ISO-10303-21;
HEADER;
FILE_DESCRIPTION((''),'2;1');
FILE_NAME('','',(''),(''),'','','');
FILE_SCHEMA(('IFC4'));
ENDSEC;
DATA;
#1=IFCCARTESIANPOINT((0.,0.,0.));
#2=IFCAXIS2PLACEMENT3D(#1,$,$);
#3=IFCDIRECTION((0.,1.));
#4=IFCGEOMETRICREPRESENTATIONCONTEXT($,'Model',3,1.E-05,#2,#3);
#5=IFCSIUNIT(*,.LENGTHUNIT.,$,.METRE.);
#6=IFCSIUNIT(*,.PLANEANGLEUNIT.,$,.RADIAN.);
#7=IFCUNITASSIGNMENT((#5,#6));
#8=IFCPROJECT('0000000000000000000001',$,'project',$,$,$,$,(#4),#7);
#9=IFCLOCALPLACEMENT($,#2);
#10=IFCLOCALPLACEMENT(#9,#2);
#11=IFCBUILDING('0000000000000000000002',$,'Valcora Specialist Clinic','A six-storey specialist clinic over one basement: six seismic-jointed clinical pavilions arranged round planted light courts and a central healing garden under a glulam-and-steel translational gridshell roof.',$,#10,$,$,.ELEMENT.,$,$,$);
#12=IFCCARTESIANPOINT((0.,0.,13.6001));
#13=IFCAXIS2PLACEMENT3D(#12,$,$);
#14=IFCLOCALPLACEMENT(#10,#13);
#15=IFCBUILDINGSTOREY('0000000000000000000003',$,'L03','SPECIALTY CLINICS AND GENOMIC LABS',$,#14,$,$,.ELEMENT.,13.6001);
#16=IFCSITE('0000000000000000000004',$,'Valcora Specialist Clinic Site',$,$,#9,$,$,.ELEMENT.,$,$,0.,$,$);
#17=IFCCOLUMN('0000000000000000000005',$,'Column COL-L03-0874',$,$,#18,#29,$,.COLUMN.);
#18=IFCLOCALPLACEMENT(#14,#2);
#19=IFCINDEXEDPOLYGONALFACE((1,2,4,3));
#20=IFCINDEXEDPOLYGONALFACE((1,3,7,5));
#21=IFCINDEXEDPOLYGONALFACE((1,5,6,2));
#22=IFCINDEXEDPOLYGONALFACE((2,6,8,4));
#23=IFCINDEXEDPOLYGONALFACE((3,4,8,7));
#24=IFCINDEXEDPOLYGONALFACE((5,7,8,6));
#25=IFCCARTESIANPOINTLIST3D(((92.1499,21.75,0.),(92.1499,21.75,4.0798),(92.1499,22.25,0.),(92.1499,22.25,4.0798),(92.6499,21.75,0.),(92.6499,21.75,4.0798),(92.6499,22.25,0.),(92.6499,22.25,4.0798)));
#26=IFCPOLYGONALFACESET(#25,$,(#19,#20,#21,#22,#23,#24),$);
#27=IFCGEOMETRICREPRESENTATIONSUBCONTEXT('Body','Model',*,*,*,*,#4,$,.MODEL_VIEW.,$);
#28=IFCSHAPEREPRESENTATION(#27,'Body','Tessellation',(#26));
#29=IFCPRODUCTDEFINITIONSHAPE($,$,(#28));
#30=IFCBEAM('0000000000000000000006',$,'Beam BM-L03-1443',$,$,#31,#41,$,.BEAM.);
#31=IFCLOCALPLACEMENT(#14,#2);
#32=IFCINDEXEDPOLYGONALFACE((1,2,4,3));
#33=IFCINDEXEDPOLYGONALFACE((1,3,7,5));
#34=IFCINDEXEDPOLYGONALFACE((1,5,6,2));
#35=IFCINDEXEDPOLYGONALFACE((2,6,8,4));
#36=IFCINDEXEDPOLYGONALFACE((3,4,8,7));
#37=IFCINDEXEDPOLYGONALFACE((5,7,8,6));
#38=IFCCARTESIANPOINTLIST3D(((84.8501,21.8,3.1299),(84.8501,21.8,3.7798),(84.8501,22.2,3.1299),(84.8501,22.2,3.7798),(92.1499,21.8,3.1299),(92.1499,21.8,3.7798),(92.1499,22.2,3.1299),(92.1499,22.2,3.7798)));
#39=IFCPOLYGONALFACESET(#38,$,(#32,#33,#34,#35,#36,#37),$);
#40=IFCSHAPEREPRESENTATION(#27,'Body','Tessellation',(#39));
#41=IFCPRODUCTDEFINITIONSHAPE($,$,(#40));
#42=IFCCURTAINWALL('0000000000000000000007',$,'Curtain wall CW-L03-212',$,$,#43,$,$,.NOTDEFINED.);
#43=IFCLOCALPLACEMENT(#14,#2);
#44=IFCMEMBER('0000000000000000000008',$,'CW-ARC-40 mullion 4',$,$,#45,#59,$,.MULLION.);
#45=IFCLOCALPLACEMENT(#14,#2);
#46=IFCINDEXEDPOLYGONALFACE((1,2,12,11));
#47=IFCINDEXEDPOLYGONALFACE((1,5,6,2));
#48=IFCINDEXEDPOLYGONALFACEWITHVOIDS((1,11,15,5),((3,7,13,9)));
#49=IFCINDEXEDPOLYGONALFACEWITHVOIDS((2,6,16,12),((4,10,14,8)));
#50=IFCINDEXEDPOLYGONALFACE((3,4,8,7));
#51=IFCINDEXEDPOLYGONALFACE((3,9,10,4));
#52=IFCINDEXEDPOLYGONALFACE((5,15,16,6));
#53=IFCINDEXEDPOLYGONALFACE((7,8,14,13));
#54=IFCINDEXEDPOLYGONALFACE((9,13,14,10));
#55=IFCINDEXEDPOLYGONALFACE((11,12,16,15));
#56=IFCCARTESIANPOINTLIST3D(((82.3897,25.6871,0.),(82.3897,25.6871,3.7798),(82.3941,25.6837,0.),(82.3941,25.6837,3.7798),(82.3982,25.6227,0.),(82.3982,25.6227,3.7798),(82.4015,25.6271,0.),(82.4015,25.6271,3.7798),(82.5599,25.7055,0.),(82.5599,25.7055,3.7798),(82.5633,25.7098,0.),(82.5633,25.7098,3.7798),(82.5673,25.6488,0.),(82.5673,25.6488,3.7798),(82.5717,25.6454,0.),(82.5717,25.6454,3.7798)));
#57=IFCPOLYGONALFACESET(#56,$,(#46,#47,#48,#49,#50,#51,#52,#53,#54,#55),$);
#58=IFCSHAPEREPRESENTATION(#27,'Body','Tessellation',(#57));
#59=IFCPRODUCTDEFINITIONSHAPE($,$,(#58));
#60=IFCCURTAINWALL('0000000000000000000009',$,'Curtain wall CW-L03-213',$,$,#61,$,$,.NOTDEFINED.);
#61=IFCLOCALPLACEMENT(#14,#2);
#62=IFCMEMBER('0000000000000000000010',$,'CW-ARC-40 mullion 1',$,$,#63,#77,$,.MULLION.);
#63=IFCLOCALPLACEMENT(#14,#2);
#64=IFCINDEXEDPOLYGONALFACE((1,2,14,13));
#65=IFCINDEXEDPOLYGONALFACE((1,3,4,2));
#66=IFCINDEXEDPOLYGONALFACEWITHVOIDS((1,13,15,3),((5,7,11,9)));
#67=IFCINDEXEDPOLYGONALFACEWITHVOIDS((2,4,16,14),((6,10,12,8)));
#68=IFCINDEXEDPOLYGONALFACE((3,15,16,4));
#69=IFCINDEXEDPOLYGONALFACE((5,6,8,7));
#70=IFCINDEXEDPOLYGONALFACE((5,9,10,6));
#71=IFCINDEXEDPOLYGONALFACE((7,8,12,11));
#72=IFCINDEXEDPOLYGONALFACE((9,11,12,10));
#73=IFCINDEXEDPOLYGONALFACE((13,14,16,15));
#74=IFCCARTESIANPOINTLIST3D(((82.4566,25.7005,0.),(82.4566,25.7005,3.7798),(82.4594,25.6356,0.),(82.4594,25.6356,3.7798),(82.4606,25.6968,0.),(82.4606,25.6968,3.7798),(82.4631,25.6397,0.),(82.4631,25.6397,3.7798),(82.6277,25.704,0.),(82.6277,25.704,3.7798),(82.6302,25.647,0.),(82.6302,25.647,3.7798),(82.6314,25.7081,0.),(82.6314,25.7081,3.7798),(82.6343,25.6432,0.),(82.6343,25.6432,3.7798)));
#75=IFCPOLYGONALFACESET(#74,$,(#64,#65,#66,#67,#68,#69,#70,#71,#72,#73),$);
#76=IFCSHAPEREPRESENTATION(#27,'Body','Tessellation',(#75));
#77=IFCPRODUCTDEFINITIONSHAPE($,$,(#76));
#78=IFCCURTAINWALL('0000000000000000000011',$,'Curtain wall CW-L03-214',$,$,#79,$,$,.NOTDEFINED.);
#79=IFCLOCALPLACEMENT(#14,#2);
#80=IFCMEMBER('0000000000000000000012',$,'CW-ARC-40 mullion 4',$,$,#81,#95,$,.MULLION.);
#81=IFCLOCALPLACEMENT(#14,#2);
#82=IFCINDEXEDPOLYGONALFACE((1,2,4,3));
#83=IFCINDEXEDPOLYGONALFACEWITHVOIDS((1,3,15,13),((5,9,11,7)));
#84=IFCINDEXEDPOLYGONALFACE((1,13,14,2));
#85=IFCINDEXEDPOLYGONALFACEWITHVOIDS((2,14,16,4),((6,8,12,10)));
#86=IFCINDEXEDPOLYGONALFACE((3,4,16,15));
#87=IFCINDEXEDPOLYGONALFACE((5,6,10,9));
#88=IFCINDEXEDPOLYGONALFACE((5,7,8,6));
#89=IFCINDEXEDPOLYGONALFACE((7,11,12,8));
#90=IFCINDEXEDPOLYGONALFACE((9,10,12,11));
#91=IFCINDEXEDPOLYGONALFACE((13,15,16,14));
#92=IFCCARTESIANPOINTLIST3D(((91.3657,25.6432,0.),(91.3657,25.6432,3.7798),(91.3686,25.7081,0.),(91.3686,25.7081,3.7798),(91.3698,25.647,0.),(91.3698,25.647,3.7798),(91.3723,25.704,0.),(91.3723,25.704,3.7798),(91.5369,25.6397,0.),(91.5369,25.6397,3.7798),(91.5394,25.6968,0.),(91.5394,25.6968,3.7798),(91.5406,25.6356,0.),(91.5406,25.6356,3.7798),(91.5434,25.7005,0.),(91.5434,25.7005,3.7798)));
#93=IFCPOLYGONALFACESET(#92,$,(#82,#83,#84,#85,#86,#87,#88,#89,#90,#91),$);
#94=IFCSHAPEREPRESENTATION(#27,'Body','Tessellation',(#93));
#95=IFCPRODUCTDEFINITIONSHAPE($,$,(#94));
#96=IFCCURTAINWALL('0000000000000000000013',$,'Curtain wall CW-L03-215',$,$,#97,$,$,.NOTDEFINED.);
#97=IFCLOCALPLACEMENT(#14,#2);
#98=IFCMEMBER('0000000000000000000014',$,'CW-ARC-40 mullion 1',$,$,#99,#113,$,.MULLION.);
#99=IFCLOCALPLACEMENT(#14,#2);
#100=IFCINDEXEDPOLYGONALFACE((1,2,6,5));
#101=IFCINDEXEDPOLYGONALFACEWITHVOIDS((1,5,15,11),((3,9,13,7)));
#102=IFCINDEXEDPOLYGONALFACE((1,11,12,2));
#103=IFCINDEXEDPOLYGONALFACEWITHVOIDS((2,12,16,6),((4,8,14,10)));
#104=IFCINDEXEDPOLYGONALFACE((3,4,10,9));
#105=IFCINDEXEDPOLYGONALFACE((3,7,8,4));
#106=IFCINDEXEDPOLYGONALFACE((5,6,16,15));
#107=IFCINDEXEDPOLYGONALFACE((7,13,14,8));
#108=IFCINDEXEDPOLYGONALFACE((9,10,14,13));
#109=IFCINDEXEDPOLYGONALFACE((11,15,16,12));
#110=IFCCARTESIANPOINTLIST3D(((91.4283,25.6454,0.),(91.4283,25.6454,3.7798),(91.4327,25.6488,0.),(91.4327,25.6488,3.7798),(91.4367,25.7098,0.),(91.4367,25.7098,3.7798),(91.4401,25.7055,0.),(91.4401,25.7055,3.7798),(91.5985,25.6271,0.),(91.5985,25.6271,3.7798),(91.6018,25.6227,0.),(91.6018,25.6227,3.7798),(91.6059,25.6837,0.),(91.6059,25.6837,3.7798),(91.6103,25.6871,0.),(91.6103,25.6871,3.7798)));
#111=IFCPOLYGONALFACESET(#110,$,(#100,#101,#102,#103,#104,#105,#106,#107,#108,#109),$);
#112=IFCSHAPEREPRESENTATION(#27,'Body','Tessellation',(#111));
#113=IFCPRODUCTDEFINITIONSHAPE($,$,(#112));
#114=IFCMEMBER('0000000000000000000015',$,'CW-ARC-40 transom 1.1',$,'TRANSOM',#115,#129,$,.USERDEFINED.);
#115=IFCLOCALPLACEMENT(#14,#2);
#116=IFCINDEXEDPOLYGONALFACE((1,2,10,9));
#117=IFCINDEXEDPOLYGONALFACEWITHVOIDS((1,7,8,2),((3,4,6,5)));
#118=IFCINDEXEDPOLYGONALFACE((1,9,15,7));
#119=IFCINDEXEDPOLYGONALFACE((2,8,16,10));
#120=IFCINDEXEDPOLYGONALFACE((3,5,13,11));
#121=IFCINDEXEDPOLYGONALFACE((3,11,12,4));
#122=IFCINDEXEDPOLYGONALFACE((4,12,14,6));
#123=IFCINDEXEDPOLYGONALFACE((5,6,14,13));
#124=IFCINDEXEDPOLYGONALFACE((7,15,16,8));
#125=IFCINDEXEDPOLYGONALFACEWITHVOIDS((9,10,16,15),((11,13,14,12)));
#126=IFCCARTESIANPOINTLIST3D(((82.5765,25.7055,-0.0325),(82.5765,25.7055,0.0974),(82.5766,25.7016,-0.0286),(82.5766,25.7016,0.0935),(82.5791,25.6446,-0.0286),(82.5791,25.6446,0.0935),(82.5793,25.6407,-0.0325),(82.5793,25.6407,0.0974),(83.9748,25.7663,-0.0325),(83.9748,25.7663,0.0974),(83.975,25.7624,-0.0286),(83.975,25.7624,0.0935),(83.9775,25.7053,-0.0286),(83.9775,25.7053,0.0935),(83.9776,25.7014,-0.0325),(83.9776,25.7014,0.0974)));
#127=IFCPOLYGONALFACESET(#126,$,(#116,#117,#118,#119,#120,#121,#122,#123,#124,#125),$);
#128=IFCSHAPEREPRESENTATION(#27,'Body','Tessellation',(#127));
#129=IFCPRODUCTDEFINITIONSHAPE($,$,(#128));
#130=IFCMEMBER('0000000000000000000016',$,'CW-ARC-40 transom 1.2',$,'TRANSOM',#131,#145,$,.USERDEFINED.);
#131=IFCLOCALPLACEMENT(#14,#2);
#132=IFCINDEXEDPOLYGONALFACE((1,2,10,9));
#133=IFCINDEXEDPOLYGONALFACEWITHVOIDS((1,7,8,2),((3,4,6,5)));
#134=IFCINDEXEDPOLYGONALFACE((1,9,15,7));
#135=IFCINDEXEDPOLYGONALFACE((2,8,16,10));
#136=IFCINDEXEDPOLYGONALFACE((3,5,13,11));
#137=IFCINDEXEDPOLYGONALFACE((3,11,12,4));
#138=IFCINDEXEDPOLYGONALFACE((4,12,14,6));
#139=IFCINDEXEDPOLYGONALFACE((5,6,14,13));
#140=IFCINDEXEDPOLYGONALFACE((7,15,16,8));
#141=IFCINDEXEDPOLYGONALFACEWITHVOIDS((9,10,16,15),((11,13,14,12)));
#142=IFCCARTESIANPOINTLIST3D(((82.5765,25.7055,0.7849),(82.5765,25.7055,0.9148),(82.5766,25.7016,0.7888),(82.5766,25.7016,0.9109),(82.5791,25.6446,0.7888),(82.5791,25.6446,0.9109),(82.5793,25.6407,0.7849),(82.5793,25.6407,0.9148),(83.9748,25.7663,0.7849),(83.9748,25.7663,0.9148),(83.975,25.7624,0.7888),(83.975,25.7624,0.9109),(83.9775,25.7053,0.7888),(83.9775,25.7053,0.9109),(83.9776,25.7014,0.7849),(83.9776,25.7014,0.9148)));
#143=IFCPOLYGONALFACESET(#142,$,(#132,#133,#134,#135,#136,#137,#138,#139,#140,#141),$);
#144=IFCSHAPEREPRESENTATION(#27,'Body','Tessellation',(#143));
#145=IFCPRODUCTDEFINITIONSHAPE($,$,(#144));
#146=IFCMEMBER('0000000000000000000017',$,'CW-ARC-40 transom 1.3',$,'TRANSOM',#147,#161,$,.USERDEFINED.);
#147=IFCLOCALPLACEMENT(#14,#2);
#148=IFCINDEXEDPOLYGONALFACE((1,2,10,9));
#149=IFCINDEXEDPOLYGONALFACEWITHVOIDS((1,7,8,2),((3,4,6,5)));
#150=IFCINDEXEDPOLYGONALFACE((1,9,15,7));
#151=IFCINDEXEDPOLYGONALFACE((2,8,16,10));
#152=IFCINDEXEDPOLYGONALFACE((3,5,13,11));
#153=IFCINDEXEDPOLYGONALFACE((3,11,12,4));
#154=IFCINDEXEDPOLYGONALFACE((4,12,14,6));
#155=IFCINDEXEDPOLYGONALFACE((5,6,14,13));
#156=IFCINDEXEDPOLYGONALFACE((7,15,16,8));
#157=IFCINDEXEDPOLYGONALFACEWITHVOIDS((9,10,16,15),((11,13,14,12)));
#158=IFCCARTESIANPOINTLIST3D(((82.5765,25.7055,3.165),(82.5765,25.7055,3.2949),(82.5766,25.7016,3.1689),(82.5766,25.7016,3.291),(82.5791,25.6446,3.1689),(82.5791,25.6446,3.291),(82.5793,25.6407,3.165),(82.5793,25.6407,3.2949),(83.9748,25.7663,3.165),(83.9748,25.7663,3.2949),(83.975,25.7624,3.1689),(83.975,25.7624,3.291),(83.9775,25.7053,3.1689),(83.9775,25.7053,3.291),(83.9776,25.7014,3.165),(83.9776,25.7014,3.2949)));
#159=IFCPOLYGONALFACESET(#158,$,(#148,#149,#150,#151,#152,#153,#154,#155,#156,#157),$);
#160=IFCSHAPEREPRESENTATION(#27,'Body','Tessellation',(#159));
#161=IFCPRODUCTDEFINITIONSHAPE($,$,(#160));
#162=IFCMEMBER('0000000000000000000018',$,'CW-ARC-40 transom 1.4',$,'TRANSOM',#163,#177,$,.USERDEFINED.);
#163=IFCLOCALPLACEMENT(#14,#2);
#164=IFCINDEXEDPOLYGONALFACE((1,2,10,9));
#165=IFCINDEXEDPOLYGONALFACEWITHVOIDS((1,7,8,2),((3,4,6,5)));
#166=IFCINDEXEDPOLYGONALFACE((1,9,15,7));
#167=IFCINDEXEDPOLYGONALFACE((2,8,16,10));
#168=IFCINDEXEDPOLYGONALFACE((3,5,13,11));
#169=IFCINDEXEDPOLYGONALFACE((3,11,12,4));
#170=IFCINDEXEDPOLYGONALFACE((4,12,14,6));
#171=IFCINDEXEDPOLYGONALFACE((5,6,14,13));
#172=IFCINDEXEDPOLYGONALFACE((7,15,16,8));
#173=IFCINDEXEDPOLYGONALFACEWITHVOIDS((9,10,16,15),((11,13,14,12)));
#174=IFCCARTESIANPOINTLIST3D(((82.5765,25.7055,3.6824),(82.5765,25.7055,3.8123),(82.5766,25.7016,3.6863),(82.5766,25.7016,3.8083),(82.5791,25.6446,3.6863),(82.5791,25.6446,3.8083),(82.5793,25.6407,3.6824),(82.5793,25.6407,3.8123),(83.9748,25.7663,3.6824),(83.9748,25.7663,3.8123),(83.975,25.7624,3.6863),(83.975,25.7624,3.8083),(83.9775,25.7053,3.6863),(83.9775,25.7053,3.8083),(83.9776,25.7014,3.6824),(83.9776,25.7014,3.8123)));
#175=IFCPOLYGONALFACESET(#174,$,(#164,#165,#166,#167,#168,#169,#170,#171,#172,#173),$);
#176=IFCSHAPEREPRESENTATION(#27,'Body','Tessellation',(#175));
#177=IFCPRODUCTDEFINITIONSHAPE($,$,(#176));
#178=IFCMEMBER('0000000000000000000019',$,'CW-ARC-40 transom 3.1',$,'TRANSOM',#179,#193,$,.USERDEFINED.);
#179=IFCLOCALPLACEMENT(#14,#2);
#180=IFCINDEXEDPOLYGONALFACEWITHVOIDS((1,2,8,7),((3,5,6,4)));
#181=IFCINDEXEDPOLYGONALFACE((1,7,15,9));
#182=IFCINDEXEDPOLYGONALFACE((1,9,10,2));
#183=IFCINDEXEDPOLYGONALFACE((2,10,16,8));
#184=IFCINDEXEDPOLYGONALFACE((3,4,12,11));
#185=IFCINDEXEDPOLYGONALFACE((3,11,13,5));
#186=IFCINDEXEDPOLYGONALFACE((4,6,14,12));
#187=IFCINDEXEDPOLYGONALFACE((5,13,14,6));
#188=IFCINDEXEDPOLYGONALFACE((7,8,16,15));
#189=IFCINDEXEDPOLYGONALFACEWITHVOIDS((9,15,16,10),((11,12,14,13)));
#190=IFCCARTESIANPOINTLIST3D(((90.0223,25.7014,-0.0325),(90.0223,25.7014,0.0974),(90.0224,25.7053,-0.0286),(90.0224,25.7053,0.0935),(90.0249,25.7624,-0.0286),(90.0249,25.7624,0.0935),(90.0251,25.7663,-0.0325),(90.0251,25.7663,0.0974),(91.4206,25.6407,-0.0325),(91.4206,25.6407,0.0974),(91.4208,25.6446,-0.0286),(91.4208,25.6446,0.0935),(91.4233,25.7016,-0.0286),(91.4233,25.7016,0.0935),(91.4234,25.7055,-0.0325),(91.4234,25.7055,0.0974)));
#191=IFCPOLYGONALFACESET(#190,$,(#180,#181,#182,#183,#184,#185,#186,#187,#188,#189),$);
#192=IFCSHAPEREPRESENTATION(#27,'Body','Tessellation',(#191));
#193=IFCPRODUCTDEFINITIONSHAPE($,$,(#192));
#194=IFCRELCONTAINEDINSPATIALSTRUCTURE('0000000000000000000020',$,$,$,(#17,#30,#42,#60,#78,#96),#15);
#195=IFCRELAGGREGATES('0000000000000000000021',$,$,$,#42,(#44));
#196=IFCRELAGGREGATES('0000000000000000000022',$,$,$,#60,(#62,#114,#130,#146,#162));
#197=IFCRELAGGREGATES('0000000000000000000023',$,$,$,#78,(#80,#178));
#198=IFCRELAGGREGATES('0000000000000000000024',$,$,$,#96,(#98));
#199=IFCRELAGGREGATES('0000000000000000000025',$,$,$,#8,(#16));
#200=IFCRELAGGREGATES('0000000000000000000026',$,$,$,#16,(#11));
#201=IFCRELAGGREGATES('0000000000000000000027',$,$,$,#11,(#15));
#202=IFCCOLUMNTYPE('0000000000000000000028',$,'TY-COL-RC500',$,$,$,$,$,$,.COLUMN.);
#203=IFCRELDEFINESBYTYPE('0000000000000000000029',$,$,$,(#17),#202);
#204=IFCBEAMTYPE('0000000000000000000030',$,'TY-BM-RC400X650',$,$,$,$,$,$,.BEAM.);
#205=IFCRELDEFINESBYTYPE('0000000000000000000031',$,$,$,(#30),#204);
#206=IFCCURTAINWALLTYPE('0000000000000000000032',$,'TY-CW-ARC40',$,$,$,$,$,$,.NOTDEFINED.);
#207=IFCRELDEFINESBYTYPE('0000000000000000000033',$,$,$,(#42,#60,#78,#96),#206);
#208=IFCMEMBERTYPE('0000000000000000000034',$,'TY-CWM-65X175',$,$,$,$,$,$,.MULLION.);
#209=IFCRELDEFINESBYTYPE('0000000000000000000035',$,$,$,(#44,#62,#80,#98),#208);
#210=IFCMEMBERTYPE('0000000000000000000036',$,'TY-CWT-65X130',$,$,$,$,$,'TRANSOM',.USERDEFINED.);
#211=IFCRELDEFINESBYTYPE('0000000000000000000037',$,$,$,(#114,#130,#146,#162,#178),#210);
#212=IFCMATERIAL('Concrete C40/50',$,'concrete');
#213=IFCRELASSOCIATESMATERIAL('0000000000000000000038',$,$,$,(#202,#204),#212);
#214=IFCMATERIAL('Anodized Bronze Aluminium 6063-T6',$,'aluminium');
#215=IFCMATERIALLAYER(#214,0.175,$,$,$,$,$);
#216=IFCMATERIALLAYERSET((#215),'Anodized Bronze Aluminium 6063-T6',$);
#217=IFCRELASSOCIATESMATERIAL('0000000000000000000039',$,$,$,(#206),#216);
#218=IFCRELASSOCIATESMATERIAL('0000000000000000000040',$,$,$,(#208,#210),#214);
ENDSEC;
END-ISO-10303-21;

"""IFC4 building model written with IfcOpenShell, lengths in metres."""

from ifc_helpers import new_model, si_unit, direction, frame, origin, origin_2d, place, context, subcontext, project, spatial, rectangle, hollow_rectangle, extrude, material, layer, layer_set, material_profile, profile_set, type_object, element, aggregate, save


model = new_model("IFC4")

# Units and contexts
model_context = context("Model", 3, precision=1e-05, world=origin(), true_north=direction((0.0, 1.0)))
body_context = subcontext(model_context, "Body", "Model", "MODEL_VIEW")
ifc_project = project(units=[si_unit("LENGTHUNIT", "METRE"), si_unit("PLANEANGLEUNIT", "RADIAN")], contexts=[model_context])

# Site, building, storey
site_placement = place(None, origin())
site = spatial("IfcSite", under=ifc_project, at=site_placement, Name="Valcora Specialist Clinic Site", CompositionType="ELEMENT", RefElevation=0.0)
building_placement = place(site_placement, origin())
building = spatial("IfcBuilding", under=site, at=building_placement, Name="Valcora Specialist Clinic", Description="A six-storey specialist clinic over one basement: six seismic-jointed clinical pavilions arranged round planted light courts and a central healing garden under a glulam-and-steel translational gridshell roof.", CompositionType="ELEMENT")
storey_placement = place(building_placement, frame((0.0, 0.0, 13.6001)))
storey = spatial("IfcBuildingStorey", under=building, at=storey_placement, Name="L03", Description="SPECIALTY CLINICS AND GENOMIC LABS", CompositionType="ELEMENT", Elevation=13.6001)

# Column
ifc_material_1 = material(Name="Concrete C40/50", Category="concrete")
ifc_material_profile_1 = material_profile(ifc_material_1, rectangle(XDim=0.5, YDim=0.5, at=origin_2d()), Name="RC-COL-500X500")
ifc_profile_set_1 = profile_set([ifc_material_profile_1], Name="Concrete C40/50")
column_type = type_object("IfcColumnType", Name="TY-COL-RC500", PredefinedType="COLUMN", material=ifc_profile_set_1)
column_placement = place(storey_placement, frame((92.3999, 22.0, 0.0), z_axis=(0.0, 0.0, 1.0), x_axis=(1.0, 0.0, 0.0)))
element("IfcColumn", 1, at=column_placement, inside=storey, type_object=column_type, Name="Column COL-L03-0874", PredefinedType="COLUMN", context=body_context, shape_type="SweptSolid", body=[
    extrude(rectangle(XDim=0.5, YDim=0.5, at=origin_2d()), origin(), (0.0, 0.0, 1.0), 4.0798),
])

# Beam
ifc_material_profile_2 = material_profile(ifc_material_1, rectangle(XDim=0.3999, YDim=0.6499, at=origin_2d()), Name="RC-BM-400X650")
ifc_profile_set_2 = profile_set([ifc_material_profile_2], Name="Concrete C40/50")
beam_type = type_object("IfcBeamType", Name="TY-BM-RC400X650", PredefinedType="BEAM", material=ifc_profile_set_2)
beam_placement = place(storey_placement, frame((84.8501, 22.0, 3.4548), z_axis=(1.0, 0.0, 0.0), x_axis=(0.0, 1.0, 0.0)))
element("IfcBeam", 2, at=beam_placement, inside=storey, type_object=beam_type, Name="Beam BM-L03-1443", PredefinedType="BEAM", context=body_context, shape_type="SweptSolid", body=[
    extrude(rectangle(XDim=0.3999, YDim=0.6499, at=origin_2d()), origin(), (0.0, 0.0, 1.0), 7.2998),
])

# Curtain walls, members
ifc_material_2 = material(Name="Anodized Bronze Aluminium 6063-T6", Category="aluminium")
ifc_layer_1 = layer(ifc_material_2, 0.175)
ifc_layer_set_1 = layer_set([ifc_layer_1], Name="Anodized Bronze Aluminium 6063-T6")
curtain_wall_type = type_object("IfcCurtainWallType", Name="TY-CW-ARC40", PredefinedType="NOTDEFINED", material=ifc_layer_set_1)
curtain_wall_1_placement = place(storey_placement, origin())
curtain_wall_1 = element("IfcCurtainWall", 3, at=curtain_wall_1_placement, inside=storey, type_object=curtain_wall_type, Name="Curtain wall CW-L03-212", PredefinedType="NOTDEFINED")
ifc_material_profile_3 = material_profile(ifc_material_2, hollow_rectangle(XDim=0.0649, YDim=0.175, WallThickness=0.0039, at=origin_2d()), Name="AL-MUL-65X175")
ifc_profile_set_3 = profile_set([ifc_material_profile_3], Name="Anodized Bronze Aluminium 6063-T6")
member_type_1 = type_object("IfcMemberType", Name="TY-CWM-65X175", PredefinedType="MULLION", material=ifc_profile_set_3)
member_1_placement = place(storey_placement, frame((82.4807, 25.6663, 0.0), z_axis=(0.0, 0.0, 1.0), x_axis=(-0.129999, 0.991514, 0.0)))
member_1 = element("IfcMember", 4, at=member_1_placement, type_object=member_type_1, Name="CW-ARC-40 mullion 4", PredefinedType="MULLION", context=body_context, shape_type="SweptSolid", body=[
    extrude(hollow_rectangle(XDim=0.0649, YDim=0.175, WallThickness=0.0039, at=origin_2d()), origin(), (0.0, 0.0, 1.0), 3.7798),
])
curtain_wall_2_placement = place(storey_placement, origin())
curtain_wall_2 = element("IfcCurtainWall", 5, at=curtain_wall_2_placement, inside=storey, type_object=curtain_wall_type, Name="Curtain wall CW-L03-213", PredefinedType="NOTDEFINED")
member_2_placement = place(storey_placement, frame((82.5454, 25.6719, 0.0), z_axis=(0.0, 0.0, 1.0), x_axis=(-0.043307, 0.999062, 0.0)))
member_2 = element("IfcMember", 6, at=member_2_placement, type_object=member_type_1, Name="CW-ARC-40 mullion 1", PredefinedType="MULLION", context=body_context, shape_type="SweptSolid", body=[
    extrude(hollow_rectangle(XDim=0.0649, YDim=0.175, WallThickness=0.0039, at=origin_2d()), origin(), (0.0, 0.0, 1.0), 3.7798),
])
curtain_wall_3_placement = place(storey_placement, origin())
curtain_wall_3 = element("IfcCurtainWall", 7, at=curtain_wall_3_placement, inside=storey, type_object=curtain_wall_type, Name="Curtain wall CW-L03-214", PredefinedType="NOTDEFINED")
member_3_placement = place(storey_placement, frame((91.4546, 25.6719, 0.0), z_axis=(0.0, 0.0, 1.0), x_axis=(0.043307, 0.999062, 0.0)))
member_3 = element("IfcMember", 8, at=member_3_placement, type_object=member_type_1, Name="CW-ARC-40 mullion 4", PredefinedType="MULLION", context=body_context, shape_type="SweptSolid", body=[
    extrude(hollow_rectangle(XDim=0.0649, YDim=0.175, WallThickness=0.0039, at=origin_2d()), origin(), (0.0, 0.0, 1.0), 3.7798),
])
curtain_wall_4_placement = place(storey_placement, origin())
curtain_wall_4 = element("IfcCurtainWall", 9, at=curtain_wall_4_placement, inside=storey, type_object=curtain_wall_type, Name="Curtain wall CW-L03-215", PredefinedType="NOTDEFINED")
member_4_placement = place(storey_placement, frame((91.5193, 25.6663, 0.0), z_axis=(0.0, 0.0, 1.0), x_axis=(0.129999, 0.991514, 0.0)))
member_4 = element("IfcMember", 10, at=member_4_placement, type_object=member_type_1, Name="CW-ARC-40 mullion 1", PredefinedType="MULLION", context=body_context, shape_type="SweptSolid", body=[
    extrude(hollow_rectangle(XDim=0.0649, YDim=0.175, WallThickness=0.0039, at=origin_2d()), origin(), (0.0, 0.0, 1.0), 3.7798),
])

# Members
ifc_material_profile_4 = material_profile(ifc_material_2, hollow_rectangle(XDim=0.0649, YDim=0.1299, WallThickness=0.0039, at=origin_2d()), Name="AL-TRN-65X130")
ifc_profile_set_4 = profile_set([ifc_material_profile_4], Name="Anodized Bronze Aluminium 6063-T6")
member_type_2 = type_object("IfcMemberType", Name="TY-CWT-65X130", ElementType="TRANSOM", PredefinedType="USERDEFINED", material=ifc_profile_set_4)
member_5_placement = place(storey_placement, frame((82.5779, 25.6731, 0.0325), z_axis=(0.999056, 0.04343, 0.0), x_axis=(-0.04343, 0.999056, 0.0)))
member_5 = element("IfcMember", 11, at=member_5_placement, type_object=member_type_2, Name="CW-ARC-40 transom 1.1", ObjectType="TRANSOM", PredefinedType="USERDEFINED", context=body_context, shape_type="SweptSolid", body=[
    extrude(hollow_rectangle(XDim=0.0649, YDim=0.1299, WallThickness=0.0039, at=origin_2d()), origin(), (0.0, 0.0, 1.0), 1.3997),
])
member_6_placement = place(storey_placement, frame((82.5779, 25.6731, 0.8499), z_axis=(0.999056, 0.04343, 0.0), x_axis=(-0.04343, 0.999056, 0.0)))
member_6 = element("IfcMember", 12, at=member_6_placement, type_object=member_type_2, Name="CW-ARC-40 transom 1.2", ObjectType="TRANSOM", PredefinedType="USERDEFINED", context=body_context, shape_type="SweptSolid", body=[
    extrude(hollow_rectangle(XDim=0.0649, YDim=0.1299, WallThickness=0.0039, at=origin_2d()), origin(), (0.0, 0.0, 1.0), 1.3997),
])
member_7_placement = place(storey_placement, frame((82.5779, 25.6731, 3.23), z_axis=(0.999056, 0.04343, 0.0), x_axis=(-0.04343, 0.999056, 0.0)))
member_7 = element("IfcMember", 13, at=member_7_placement, type_object=member_type_2, Name="CW-ARC-40 transom 1.3", ObjectType="TRANSOM", PredefinedType="USERDEFINED", context=body_context, shape_type="SweptSolid", body=[
    extrude(hollow_rectangle(XDim=0.0649, YDim=0.1299, WallThickness=0.0039, at=origin_2d()), origin(), (0.0, 0.0, 1.0), 1.3997),
])
member_8_placement = place(storey_placement, frame((82.5779, 25.6731, 3.7473), z_axis=(0.999056, 0.04343, 0.0), x_axis=(-0.04343, 0.999056, 0.0)))
member_8 = element("IfcMember", 14, at=member_8_placement, type_object=member_type_2, Name="CW-ARC-40 transom 1.4", ObjectType="TRANSOM", PredefinedType="USERDEFINED", context=body_context, shape_type="SweptSolid", body=[
    extrude(hollow_rectangle(XDim=0.0649, YDim=0.1299, WallThickness=0.0039, at=origin_2d()), origin(), (0.0, 0.0, 1.0), 1.3997),
])
member_9_placement = place(storey_placement, frame((90.0237, 25.7339, 0.0325), z_axis=(0.999056, -0.04343, 0.0), x_axis=(0.04343, 0.999056, 0.0)))
member_9 = element("IfcMember", 15, at=member_9_placement, type_object=member_type_2, Name="CW-ARC-40 transom 3.1", ObjectType="TRANSOM", PredefinedType="USERDEFINED", context=body_context, shape_type="SweptSolid", body=[
    extrude(hollow_rectangle(XDim=0.0649, YDim=0.1299, WallThickness=0.0039, at=origin_2d()), origin(), (0.0, 0.0, 1.0), 1.3997),
])

aggregate(curtain_wall_1, [member_1])
aggregate(curtain_wall_2, [member_2, member_5, member_6, member_7, member_8])
aggregate(curtain_wall_3, [member_3, member_9])
aggregate(curtain_wall_4, [member_4])

save(model, "model.ifc")
